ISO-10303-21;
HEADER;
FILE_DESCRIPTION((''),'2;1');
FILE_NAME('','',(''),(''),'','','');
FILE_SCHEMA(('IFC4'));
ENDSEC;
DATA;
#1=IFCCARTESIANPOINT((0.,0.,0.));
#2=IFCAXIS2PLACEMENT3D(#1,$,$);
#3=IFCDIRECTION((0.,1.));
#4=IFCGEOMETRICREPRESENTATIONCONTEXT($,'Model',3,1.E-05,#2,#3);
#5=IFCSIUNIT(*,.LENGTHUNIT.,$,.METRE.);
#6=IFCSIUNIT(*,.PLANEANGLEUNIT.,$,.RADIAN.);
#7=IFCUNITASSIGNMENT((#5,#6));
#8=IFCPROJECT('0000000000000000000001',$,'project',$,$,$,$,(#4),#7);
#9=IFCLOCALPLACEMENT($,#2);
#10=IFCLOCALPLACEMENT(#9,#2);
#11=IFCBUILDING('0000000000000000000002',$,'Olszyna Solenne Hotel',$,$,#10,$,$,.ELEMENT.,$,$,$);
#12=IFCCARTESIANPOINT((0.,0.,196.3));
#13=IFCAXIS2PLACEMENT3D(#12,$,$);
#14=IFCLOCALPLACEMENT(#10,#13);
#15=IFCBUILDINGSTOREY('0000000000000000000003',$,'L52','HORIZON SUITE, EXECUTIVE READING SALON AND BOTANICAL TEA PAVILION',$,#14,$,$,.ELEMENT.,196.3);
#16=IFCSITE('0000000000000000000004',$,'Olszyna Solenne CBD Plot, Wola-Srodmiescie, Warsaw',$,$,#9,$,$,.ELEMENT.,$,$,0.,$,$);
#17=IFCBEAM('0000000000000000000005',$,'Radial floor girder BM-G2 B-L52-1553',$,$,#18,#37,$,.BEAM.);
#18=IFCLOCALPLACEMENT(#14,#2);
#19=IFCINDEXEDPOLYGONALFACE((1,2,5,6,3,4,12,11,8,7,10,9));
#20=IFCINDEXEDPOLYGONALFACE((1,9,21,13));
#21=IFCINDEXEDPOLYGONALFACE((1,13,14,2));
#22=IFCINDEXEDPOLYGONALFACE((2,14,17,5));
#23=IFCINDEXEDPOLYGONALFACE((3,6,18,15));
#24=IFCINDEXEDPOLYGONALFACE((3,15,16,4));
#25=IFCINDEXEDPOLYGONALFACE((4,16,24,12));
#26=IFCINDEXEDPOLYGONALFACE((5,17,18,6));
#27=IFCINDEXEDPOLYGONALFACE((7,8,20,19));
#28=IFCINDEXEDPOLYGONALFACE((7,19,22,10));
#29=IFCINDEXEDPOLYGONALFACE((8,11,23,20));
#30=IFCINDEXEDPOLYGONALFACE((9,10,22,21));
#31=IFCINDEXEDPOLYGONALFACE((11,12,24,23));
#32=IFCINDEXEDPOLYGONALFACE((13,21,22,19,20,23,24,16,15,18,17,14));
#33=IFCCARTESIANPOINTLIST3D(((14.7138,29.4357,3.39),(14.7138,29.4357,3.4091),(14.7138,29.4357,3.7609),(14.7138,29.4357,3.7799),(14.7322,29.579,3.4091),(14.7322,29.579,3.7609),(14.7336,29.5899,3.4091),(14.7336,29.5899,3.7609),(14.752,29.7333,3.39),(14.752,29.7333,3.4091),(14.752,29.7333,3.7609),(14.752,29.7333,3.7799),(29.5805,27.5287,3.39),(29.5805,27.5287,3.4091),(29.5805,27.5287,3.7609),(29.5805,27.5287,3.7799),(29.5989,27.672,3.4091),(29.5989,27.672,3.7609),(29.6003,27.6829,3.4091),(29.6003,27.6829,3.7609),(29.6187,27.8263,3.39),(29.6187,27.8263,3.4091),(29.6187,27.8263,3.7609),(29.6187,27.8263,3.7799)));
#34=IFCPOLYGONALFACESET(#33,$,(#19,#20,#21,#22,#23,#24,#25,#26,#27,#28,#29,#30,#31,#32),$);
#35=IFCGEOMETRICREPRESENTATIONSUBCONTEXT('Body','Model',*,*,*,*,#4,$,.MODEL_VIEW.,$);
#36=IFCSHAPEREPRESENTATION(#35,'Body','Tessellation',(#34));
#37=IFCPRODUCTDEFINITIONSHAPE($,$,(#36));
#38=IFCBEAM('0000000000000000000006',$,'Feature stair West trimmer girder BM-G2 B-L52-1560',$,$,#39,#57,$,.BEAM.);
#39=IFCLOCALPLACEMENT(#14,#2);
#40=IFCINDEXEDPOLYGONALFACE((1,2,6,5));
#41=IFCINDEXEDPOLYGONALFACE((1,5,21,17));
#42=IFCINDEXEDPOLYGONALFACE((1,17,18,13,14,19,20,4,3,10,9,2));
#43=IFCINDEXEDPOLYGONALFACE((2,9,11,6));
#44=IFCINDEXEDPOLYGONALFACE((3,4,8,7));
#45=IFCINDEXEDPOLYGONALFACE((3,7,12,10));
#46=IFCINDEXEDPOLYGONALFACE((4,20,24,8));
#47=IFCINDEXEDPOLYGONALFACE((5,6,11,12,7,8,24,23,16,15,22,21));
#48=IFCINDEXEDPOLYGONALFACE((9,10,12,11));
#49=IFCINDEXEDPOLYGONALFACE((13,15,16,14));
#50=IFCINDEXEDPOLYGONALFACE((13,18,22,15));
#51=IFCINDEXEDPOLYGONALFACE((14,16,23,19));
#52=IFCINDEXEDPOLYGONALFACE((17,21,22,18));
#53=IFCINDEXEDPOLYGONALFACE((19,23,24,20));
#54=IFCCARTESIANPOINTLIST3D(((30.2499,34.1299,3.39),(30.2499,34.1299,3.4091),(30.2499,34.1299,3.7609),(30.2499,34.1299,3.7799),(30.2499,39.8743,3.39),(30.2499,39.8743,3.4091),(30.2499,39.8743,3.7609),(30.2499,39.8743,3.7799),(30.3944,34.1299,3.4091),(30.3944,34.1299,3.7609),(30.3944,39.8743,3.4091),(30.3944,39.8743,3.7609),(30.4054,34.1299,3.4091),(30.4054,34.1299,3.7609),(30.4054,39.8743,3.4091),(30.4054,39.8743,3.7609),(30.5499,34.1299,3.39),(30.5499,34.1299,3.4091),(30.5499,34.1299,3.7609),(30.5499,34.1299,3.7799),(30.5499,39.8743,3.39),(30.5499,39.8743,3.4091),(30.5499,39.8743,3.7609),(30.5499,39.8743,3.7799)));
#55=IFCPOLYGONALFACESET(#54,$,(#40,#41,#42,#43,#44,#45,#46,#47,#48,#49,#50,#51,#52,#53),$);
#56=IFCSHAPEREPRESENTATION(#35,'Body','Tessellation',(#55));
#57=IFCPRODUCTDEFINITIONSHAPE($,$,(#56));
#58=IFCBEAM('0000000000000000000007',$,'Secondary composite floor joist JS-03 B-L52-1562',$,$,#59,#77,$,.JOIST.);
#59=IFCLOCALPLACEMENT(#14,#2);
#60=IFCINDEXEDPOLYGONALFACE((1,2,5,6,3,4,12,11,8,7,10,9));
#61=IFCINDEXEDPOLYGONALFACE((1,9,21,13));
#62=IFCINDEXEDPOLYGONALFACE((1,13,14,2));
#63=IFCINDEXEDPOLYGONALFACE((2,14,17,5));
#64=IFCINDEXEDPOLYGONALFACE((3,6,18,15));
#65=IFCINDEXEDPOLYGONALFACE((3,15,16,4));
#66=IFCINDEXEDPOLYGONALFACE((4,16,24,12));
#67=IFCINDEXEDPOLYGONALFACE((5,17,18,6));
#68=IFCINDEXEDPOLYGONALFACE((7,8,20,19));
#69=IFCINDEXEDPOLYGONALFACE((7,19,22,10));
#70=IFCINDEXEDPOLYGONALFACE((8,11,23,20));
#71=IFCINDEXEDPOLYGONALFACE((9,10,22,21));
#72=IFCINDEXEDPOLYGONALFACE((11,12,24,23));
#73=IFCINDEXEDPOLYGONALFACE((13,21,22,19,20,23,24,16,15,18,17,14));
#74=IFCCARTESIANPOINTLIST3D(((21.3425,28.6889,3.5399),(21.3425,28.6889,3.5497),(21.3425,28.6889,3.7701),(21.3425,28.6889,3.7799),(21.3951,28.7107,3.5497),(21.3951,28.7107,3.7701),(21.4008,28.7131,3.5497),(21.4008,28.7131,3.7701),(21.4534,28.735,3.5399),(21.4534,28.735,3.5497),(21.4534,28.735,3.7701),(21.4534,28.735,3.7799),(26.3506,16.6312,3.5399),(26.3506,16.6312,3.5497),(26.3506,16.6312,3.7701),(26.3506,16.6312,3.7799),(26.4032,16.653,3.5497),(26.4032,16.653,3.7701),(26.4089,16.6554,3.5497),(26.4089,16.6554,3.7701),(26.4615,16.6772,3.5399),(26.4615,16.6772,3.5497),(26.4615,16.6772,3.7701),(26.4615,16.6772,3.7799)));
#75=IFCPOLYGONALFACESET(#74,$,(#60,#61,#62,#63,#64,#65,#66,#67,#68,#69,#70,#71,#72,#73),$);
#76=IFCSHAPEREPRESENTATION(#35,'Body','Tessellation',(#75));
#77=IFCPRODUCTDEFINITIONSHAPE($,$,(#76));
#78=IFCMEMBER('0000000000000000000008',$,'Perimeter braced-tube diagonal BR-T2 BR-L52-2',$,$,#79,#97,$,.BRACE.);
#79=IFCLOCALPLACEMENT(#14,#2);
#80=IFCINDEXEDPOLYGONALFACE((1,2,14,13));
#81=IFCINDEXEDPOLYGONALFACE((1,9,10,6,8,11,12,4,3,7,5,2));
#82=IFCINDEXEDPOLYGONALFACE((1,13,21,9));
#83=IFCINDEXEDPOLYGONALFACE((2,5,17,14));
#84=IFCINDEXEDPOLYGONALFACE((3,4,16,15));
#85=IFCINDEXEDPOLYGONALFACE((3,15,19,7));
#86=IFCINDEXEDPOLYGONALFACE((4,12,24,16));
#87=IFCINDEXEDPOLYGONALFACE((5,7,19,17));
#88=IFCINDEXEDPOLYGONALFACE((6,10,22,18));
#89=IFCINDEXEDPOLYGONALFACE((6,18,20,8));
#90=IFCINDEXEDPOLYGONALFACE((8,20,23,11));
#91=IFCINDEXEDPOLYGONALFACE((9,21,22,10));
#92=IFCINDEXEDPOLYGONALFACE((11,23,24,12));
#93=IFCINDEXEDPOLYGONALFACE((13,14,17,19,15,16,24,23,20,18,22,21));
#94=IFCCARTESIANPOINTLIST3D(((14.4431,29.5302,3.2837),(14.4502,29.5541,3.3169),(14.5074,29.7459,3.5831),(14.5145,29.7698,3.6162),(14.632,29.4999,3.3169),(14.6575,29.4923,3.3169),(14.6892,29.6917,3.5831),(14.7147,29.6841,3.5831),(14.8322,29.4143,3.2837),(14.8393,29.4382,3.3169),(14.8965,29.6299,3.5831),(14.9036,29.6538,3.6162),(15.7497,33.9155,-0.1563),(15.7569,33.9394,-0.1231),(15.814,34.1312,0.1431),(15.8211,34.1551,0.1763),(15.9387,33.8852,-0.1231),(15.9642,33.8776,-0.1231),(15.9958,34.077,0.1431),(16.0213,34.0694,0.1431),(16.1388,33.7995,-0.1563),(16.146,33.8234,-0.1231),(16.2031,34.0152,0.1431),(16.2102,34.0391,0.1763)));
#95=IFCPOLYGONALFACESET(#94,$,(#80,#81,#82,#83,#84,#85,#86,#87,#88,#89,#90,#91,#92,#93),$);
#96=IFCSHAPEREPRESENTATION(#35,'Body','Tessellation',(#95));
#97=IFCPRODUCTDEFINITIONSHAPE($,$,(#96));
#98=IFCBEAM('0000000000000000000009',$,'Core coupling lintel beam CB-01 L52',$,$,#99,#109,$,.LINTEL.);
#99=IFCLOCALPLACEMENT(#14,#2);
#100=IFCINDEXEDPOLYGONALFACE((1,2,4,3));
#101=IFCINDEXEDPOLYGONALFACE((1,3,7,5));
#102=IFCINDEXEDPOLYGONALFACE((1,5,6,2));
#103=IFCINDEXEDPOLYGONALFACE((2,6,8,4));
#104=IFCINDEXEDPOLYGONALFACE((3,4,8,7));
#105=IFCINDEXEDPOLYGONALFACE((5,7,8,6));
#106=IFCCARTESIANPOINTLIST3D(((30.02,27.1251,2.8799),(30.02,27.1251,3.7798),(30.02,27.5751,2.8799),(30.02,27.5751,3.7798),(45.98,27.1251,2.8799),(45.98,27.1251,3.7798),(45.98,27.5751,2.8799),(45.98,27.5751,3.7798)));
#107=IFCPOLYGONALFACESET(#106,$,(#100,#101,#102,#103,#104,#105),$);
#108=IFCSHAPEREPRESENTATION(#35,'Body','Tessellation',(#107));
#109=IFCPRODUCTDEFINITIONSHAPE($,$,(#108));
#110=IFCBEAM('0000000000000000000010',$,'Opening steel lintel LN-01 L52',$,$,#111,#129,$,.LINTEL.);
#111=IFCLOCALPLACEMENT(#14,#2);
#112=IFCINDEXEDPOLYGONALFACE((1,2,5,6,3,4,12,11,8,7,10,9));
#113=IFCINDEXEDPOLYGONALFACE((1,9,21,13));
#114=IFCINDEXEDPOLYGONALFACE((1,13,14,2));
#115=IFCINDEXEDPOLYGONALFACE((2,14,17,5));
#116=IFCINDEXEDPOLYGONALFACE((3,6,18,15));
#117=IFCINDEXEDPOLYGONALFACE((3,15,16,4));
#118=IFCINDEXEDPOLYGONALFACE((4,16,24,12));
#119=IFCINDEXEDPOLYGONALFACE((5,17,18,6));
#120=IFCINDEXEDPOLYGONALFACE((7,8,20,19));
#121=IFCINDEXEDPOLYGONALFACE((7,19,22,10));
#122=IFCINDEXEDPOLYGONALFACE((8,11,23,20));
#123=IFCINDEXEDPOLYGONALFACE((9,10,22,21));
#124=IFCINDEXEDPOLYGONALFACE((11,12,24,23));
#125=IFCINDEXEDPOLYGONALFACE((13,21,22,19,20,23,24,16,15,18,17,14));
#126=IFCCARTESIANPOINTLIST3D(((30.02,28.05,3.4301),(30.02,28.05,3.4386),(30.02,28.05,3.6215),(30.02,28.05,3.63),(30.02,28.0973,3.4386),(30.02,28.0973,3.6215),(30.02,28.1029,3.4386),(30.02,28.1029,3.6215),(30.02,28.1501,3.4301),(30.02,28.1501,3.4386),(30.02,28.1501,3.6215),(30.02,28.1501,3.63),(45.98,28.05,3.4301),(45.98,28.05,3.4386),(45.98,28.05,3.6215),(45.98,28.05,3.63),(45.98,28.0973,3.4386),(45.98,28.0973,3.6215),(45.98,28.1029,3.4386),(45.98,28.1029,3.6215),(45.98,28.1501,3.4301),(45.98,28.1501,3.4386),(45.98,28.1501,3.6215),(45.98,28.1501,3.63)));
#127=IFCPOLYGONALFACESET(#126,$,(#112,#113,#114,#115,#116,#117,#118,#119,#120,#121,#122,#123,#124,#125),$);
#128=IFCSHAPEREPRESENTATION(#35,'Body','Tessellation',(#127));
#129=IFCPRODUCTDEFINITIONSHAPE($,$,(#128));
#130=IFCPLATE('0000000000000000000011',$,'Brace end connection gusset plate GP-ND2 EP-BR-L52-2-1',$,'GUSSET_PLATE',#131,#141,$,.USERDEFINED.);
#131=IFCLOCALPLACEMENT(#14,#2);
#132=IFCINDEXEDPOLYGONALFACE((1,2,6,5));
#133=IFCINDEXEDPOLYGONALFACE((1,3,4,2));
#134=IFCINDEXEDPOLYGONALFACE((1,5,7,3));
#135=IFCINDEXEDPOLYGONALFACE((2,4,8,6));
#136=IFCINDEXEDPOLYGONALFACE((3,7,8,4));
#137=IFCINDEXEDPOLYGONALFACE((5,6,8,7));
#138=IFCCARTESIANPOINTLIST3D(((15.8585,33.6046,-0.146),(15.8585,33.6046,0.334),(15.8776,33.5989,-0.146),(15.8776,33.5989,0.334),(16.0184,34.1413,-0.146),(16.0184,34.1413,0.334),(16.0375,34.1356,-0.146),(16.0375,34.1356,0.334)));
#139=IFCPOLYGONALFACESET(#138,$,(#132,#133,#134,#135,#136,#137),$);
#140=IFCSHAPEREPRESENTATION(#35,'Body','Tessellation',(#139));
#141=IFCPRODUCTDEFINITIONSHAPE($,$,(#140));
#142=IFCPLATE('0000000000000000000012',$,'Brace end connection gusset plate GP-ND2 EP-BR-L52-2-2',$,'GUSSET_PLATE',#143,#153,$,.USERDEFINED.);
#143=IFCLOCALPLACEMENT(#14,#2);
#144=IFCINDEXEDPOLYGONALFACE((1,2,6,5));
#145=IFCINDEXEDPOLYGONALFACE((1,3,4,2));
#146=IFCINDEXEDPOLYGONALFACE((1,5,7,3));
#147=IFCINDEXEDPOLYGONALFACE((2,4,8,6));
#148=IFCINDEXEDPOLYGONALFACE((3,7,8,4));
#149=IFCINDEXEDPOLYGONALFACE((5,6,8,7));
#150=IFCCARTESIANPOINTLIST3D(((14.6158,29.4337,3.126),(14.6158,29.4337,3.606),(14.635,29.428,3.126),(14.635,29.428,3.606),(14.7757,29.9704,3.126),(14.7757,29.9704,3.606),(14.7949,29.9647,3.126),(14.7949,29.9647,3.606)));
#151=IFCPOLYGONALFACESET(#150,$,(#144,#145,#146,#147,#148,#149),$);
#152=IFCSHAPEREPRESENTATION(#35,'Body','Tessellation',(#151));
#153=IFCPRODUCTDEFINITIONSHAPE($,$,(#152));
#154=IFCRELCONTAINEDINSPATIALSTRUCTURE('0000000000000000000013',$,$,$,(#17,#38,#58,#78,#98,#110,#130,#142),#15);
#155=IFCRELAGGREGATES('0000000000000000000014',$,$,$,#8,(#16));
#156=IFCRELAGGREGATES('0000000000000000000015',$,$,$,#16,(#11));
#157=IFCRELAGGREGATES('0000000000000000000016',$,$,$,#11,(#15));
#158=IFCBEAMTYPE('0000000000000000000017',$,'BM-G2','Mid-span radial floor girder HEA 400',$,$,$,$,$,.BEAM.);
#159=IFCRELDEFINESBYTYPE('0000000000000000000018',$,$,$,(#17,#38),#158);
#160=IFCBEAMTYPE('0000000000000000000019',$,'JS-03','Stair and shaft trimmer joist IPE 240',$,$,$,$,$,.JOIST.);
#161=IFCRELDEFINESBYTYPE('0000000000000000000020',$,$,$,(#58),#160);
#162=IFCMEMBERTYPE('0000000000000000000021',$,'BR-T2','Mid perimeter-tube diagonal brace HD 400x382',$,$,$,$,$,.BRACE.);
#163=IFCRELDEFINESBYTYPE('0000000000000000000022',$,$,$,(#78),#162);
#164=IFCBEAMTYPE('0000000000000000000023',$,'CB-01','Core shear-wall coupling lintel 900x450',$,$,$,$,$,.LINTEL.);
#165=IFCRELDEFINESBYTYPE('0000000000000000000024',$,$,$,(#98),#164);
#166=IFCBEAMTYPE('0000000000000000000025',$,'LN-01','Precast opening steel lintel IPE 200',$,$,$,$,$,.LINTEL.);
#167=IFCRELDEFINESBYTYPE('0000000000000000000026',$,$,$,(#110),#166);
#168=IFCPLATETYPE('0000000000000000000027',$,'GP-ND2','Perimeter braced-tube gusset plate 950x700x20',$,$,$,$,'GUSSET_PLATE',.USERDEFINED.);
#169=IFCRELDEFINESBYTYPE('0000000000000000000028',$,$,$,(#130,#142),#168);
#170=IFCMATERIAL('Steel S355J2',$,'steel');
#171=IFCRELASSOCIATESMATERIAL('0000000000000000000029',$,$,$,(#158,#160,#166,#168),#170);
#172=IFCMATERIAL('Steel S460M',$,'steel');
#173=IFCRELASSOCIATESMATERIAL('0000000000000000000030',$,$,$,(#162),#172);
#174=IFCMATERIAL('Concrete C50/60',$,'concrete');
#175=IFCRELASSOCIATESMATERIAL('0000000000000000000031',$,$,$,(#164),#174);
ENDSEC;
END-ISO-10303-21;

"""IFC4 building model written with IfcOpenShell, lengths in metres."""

from ifc_helpers import new_model, si_unit, direction, frame, origin, origin_2d, place, context, subcontext, project, spatial, rectangle, i_section, extrude, source, transform, mapped, material, material_profile, profile_set, type_object, element, save


model = new_model("IFC4")

# Units and contexts
model_context = context("Model", 3, precision=1e-05, world=origin(), true_north=direction((0.0, 1.0)))
body_context = subcontext(model_context, "Body", "Model", "MODEL_VIEW")
ifc_project = project(units=[si_unit("LENGTHUNIT", "METRE"), si_unit("PLANEANGLEUNIT", "RADIAN")], contexts=[model_context])

# Site, building, storey
site_placement = place(None, origin())
site = spatial("IfcSite", under=ifc_project, at=site_placement, Name="Olszyna Solenne CBD Plot, Wola-Srodmiescie, Warsaw", CompositionType="ELEMENT", RefElevation=0.0)
building_placement = place(site_placement, origin())
building = spatial("IfcBuilding", under=site, at=building_placement, Name="Olszyna Solenne Hotel", CompositionType="ELEMENT")
storey_placement = place(building_placement, frame((0.0, 0.0, 196.3)))
storey = spatial("IfcBuildingStorey", under=building, at=storey_placement, Name="L52", Description="HORIZON SUITE, EXECUTIVE READING SALON AND BOTANICAL TEA PAVILION", CompositionType="ELEMENT", Elevation=196.3)

# Shared definitions
ifc_material_1 = material(Name="Steel S460M", Category="steel")

# Beams
ifc_material_2 = material(Name="Steel S355J2", Category="steel")
ifc_material_profile_1 = material_profile(ifc_material_2, i_section(OverallWidth=0.3, OverallDepth=0.3899, WebThickness=0.011, FlangeThickness=0.019, at=origin_2d()), Name="HEA 400", Category="load-bearing")
ifc_profile_set_1 = profile_set([ifc_material_profile_1], Name="Steel S355J2")
beam_type_1 = type_object("IfcBeamType", Name="BM-G2", Description="Mid-span radial floor girder HEA 400", PredefinedType="BEAM", material=ifc_profile_set_1)
shared_shape_1 = source(origin(), body_context, "Body", "SweptSolid", [
    extrude(i_section(OverallWidth=0.3, OverallDepth=0.3899, WebThickness=0.011, FlangeThickness=0.019, at=origin_2d()), origin(), (0.0, 0.0, 1.0), 14.9885),
])
beam_1_placement = place(storey_placement, frame((14.7329, 29.5845, 3.585), z_axis=(0.991873, -0.12723, 0.0), x_axis=(0.12723, 0.991873, 0.0)))
element("IfcBeam", 1, at=beam_1_placement, inside=storey, type_object=beam_type_1, Name="Radial floor girder BM-G2 B-L52-1553", PredefinedType="BEAM", context=body_context, shape_type="MappedRepresentation", body=[
    mapped(shared_shape_1, transform((0.0, 0.0, 0.0), x_axis=(1.0, 0.0, 0.0), y_axis=(0.0, 1.0, 0.0), z_axis=(0.0, 0.0, 1.0), scale=1.0)),
])
shared_shape_2 = source(origin(), body_context, "Body", "SweptSolid", [
    extrude(i_section(OverallWidth=0.3, OverallDepth=0.3899, WebThickness=0.011, FlangeThickness=0.019, at=origin_2d()), origin(), (0.0, 0.0, 1.0), 5.7444),
])
beam_2_placement = place(storey_placement, frame((30.3999, 34.1299, 3.585), z_axis=(0.0, 1.0, 0.0), x_axis=(-1.0, 0.0, 0.0)))
element("IfcBeam", 2, at=beam_2_placement, inside=storey, type_object=beam_type_1, Name="Feature stair West trimmer girder BM-G2 B-L52-1560", PredefinedType="BEAM", context=body_context, shape_type="MappedRepresentation", body=[
    mapped(shared_shape_2, transform((0.0, 0.0, 0.0), x_axis=(1.0, 0.0, 0.0), y_axis=(0.0, 1.0, 0.0), z_axis=(0.0, 0.0, 1.0), scale=1.0)),
])
ifc_material_profile_2 = material_profile(ifc_material_2, i_section(OverallWidth=0.1201, OverallDepth=0.24, WebThickness=0.0061, FlangeThickness=0.0098, at=origin_2d()), Name="IPE 240", Category="load-bearing")
ifc_profile_set_2 = profile_set([ifc_material_profile_2], Name="Steel S355J2")
beam_type_2 = type_object("IfcBeamType", Name="JS-03", Description="Stair and shaft trimmer joist IPE 240", PredefinedType="JOIST", material=ifc_profile_set_2)
shared_shape_3 = source(origin(), body_context, "Body", "SweptSolid", [
    extrude(i_section(OverallWidth=0.1201, OverallDepth=0.24, WebThickness=0.0061, FlangeThickness=0.0098, at=origin_2d()), origin(), (0.0, 0.0, 1.0), 13.0564),
])
beam_3_placement = place(storey_placement, frame((21.3979, 28.7119, 3.6599), z_axis=(0.383574, -0.92351, 0.0), x_axis=(0.92351, 0.383574, 0.0)))
element("IfcBeam", 3, at=beam_3_placement, inside=storey, type_object=beam_type_2, Name="Secondary composite floor joist JS-03 B-L52-1562", PredefinedType="JOIST", context=body_context, shape_type="MappedRepresentation", body=[
    mapped(shared_shape_3, transform((0.0, 0.0, 0.0), x_axis=(1.0, 0.0, 0.0), y_axis=(0.0, 1.0, 0.0), z_axis=(0.0, 0.0, 1.0), scale=1.0)),
])

# Member
ifc_material_profile_3 = material_profile(ifc_material_1, i_section(OverallWidth=0.406, OverallDepth=0.416, WebThickness=0.0266, FlangeThickness=0.0415, at=origin_2d()), Name="HD 400x382", Category="load-bearing")
ifc_profile_set_3 = profile_set([ifc_material_profile_3], Name="Steel S460M")
member_type = type_object("IfcMemberType", Name="BR-T2", Description="Mid perimeter-tube diagonal brace HD 400x382", PredefinedType="BRACE", material=ifc_profile_set_3)
shared_shape_4 = source(origin(), body_context, "Body", "SweptSolid", [
    extrude(i_section(OverallWidth=0.406, OverallDepth=0.416, WebThickness=0.0266, FlangeThickness=0.0415, at=origin_2d()), origin(), (0.0, 0.0, 1.0), 5.7246),
])
member_placement = place(storey_placement, frame((15.98, 33.9773, 0.01), z_axis=(-0.22825, -0.766038, 0.600906), x_axis=(0.958362, -0.285556, 0.0)))
element("IfcMember", 4, at=member_placement, inside=storey, type_object=member_type, Name="Perimeter braced-tube diagonal BR-T2 BR-L52-2", PredefinedType="BRACE", context=body_context, shape_type="MappedRepresentation", body=[
    mapped(shared_shape_4, transform((0.0, 0.0, 0.0), x_axis=(1.0, 0.0, 0.0), y_axis=(0.0, 1.0, 0.0), z_axis=(0.0, 0.0, 1.0), scale=1.0)),
])

# Beams
ifc_material_3 = material(Name="Concrete C50/60", Category="concrete")
ifc_material_profile_4 = material_profile(ifc_material_3, rectangle(XDim=0.45, YDim=0.8999, at=origin_2d()), Name="RC 900x450", Category="load-bearing")
ifc_profile_set_4 = profile_set([ifc_material_profile_4], Name="Concrete C50/60")
beam_type_3 = type_object("IfcBeamType", Name="CB-01", Description="Core shear-wall coupling lintel 900x450", PredefinedType="LINTEL", material=ifc_profile_set_4)
shared_shape_5 = source(origin(), body_context, "Body", "SweptSolid", [
    extrude(rectangle(XDim=0.45, YDim=0.8999, at=origin_2d()), origin(), (0.0, 0.0, 1.0), 15.96),
])
beam_4_placement = place(storey_placement, frame((30.02, 27.3501, 3.3298), z_axis=(1.0, 0.0, 0.0), x_axis=(0.0, 1.0, 0.0)))
element("IfcBeam", 5, at=beam_4_placement, inside=storey, type_object=beam_type_3, Name="Core coupling lintel beam CB-01 L52", PredefinedType="LINTEL", context=body_context, shape_type="MappedRepresentation", body=[
    mapped(shared_shape_5, transform((0.0, 0.0, 0.0), x_axis=(1.0, 0.0, 0.0), y_axis=(0.0, 1.0, 0.0), z_axis=(0.0, 0.0, 1.0), scale=1.0)),
])
ifc_material_profile_5 = material_profile(ifc_material_2, i_section(OverallWidth=0.1001, OverallDepth=0.2, WebThickness=0.0056, FlangeThickness=0.0085, at=origin_2d()), Name="IPE 200", Category="load-bearing")
ifc_profile_set_5 = profile_set([ifc_material_profile_5], Name="Steel S355J2")
beam_type_4 = type_object("IfcBeamType", Name="LN-01", Description="Precast opening steel lintel IPE 200", PredefinedType="LINTEL", material=ifc_profile_set_5)
shared_shape_6 = source(origin(), body_context, "Body", "SweptSolid", [
    extrude(i_section(OverallWidth=0.1001, OverallDepth=0.2, WebThickness=0.0056, FlangeThickness=0.0085, at=origin_2d()), origin(), (0.0, 0.0, 1.0), 15.96),
])
beam_5_placement = place(storey_placement, frame((30.02, 28.1001, 3.53), z_axis=(1.0, 0.0, 0.0), x_axis=(0.0, 1.0, 0.0)))
element("IfcBeam", 6, at=beam_5_placement, inside=storey, type_object=beam_type_4, Name="Opening steel lintel LN-01 L52", PredefinedType="LINTEL", context=body_context, shape_type="MappedRepresentation", body=[
    mapped(shared_shape_6, transform((0.0, 0.0, 0.0), x_axis=(1.0, 0.0, 0.0), y_axis=(0.0, 1.0, 0.0), z_axis=(0.0, 0.0, 1.0), scale=1.0)),
])

# Plates
plate_type = type_object("IfcPlateType", Name="GP-ND2", Description="Perimeter braced-tube gusset plate 950x700x20", ElementType="GUSSET_PLATE", PredefinedType="USERDEFINED", material=ifc_material_2)
shared_shape_7 = source(origin(), body_context, "Body", "SweptSolid", [
    extrude(rectangle(XDim=0.5601, YDim=0.02, at=origin_2d()), origin(), (0.0, 0.0, 1.0), 0.48),
])
for number, where, z_axis, x_axis, name in (
    (7, (15.948, 33.8701, -0.146), (0.0, 0.0, 1.0), (-0.285521, -0.958372, 0.0), "Brace end connection gusset plate GP-ND2 EP-BR-L52-2-1"),
    (8, (14.7053, 29.6992, 3.126), (0.0, 0.0, 1.0), (-0.285521, -0.958372, 0.0), "Brace end connection gusset plate GP-ND2 EP-BR-L52-2-2"),
):
    element("IfcPlate", number, at=place(storey_placement, frame(where, z_axis=z_axis, x_axis=x_axis)), inside=storey, type_object=plate_type, Name=name, ObjectType="GUSSET_PLATE", PredefinedType="USERDEFINED", context=body_context, shape_type="MappedRepresentation", body=[
        mapped(shared_shape_7, transform((0.0, 0.0, 0.0), x_axis=(1.0, 0.0, 0.0), y_axis=(0.0, 1.0, 0.0), z_axis=(0.0, 0.0, 1.0), scale=1.0)),
    ])

save(model, "model.ifc")
